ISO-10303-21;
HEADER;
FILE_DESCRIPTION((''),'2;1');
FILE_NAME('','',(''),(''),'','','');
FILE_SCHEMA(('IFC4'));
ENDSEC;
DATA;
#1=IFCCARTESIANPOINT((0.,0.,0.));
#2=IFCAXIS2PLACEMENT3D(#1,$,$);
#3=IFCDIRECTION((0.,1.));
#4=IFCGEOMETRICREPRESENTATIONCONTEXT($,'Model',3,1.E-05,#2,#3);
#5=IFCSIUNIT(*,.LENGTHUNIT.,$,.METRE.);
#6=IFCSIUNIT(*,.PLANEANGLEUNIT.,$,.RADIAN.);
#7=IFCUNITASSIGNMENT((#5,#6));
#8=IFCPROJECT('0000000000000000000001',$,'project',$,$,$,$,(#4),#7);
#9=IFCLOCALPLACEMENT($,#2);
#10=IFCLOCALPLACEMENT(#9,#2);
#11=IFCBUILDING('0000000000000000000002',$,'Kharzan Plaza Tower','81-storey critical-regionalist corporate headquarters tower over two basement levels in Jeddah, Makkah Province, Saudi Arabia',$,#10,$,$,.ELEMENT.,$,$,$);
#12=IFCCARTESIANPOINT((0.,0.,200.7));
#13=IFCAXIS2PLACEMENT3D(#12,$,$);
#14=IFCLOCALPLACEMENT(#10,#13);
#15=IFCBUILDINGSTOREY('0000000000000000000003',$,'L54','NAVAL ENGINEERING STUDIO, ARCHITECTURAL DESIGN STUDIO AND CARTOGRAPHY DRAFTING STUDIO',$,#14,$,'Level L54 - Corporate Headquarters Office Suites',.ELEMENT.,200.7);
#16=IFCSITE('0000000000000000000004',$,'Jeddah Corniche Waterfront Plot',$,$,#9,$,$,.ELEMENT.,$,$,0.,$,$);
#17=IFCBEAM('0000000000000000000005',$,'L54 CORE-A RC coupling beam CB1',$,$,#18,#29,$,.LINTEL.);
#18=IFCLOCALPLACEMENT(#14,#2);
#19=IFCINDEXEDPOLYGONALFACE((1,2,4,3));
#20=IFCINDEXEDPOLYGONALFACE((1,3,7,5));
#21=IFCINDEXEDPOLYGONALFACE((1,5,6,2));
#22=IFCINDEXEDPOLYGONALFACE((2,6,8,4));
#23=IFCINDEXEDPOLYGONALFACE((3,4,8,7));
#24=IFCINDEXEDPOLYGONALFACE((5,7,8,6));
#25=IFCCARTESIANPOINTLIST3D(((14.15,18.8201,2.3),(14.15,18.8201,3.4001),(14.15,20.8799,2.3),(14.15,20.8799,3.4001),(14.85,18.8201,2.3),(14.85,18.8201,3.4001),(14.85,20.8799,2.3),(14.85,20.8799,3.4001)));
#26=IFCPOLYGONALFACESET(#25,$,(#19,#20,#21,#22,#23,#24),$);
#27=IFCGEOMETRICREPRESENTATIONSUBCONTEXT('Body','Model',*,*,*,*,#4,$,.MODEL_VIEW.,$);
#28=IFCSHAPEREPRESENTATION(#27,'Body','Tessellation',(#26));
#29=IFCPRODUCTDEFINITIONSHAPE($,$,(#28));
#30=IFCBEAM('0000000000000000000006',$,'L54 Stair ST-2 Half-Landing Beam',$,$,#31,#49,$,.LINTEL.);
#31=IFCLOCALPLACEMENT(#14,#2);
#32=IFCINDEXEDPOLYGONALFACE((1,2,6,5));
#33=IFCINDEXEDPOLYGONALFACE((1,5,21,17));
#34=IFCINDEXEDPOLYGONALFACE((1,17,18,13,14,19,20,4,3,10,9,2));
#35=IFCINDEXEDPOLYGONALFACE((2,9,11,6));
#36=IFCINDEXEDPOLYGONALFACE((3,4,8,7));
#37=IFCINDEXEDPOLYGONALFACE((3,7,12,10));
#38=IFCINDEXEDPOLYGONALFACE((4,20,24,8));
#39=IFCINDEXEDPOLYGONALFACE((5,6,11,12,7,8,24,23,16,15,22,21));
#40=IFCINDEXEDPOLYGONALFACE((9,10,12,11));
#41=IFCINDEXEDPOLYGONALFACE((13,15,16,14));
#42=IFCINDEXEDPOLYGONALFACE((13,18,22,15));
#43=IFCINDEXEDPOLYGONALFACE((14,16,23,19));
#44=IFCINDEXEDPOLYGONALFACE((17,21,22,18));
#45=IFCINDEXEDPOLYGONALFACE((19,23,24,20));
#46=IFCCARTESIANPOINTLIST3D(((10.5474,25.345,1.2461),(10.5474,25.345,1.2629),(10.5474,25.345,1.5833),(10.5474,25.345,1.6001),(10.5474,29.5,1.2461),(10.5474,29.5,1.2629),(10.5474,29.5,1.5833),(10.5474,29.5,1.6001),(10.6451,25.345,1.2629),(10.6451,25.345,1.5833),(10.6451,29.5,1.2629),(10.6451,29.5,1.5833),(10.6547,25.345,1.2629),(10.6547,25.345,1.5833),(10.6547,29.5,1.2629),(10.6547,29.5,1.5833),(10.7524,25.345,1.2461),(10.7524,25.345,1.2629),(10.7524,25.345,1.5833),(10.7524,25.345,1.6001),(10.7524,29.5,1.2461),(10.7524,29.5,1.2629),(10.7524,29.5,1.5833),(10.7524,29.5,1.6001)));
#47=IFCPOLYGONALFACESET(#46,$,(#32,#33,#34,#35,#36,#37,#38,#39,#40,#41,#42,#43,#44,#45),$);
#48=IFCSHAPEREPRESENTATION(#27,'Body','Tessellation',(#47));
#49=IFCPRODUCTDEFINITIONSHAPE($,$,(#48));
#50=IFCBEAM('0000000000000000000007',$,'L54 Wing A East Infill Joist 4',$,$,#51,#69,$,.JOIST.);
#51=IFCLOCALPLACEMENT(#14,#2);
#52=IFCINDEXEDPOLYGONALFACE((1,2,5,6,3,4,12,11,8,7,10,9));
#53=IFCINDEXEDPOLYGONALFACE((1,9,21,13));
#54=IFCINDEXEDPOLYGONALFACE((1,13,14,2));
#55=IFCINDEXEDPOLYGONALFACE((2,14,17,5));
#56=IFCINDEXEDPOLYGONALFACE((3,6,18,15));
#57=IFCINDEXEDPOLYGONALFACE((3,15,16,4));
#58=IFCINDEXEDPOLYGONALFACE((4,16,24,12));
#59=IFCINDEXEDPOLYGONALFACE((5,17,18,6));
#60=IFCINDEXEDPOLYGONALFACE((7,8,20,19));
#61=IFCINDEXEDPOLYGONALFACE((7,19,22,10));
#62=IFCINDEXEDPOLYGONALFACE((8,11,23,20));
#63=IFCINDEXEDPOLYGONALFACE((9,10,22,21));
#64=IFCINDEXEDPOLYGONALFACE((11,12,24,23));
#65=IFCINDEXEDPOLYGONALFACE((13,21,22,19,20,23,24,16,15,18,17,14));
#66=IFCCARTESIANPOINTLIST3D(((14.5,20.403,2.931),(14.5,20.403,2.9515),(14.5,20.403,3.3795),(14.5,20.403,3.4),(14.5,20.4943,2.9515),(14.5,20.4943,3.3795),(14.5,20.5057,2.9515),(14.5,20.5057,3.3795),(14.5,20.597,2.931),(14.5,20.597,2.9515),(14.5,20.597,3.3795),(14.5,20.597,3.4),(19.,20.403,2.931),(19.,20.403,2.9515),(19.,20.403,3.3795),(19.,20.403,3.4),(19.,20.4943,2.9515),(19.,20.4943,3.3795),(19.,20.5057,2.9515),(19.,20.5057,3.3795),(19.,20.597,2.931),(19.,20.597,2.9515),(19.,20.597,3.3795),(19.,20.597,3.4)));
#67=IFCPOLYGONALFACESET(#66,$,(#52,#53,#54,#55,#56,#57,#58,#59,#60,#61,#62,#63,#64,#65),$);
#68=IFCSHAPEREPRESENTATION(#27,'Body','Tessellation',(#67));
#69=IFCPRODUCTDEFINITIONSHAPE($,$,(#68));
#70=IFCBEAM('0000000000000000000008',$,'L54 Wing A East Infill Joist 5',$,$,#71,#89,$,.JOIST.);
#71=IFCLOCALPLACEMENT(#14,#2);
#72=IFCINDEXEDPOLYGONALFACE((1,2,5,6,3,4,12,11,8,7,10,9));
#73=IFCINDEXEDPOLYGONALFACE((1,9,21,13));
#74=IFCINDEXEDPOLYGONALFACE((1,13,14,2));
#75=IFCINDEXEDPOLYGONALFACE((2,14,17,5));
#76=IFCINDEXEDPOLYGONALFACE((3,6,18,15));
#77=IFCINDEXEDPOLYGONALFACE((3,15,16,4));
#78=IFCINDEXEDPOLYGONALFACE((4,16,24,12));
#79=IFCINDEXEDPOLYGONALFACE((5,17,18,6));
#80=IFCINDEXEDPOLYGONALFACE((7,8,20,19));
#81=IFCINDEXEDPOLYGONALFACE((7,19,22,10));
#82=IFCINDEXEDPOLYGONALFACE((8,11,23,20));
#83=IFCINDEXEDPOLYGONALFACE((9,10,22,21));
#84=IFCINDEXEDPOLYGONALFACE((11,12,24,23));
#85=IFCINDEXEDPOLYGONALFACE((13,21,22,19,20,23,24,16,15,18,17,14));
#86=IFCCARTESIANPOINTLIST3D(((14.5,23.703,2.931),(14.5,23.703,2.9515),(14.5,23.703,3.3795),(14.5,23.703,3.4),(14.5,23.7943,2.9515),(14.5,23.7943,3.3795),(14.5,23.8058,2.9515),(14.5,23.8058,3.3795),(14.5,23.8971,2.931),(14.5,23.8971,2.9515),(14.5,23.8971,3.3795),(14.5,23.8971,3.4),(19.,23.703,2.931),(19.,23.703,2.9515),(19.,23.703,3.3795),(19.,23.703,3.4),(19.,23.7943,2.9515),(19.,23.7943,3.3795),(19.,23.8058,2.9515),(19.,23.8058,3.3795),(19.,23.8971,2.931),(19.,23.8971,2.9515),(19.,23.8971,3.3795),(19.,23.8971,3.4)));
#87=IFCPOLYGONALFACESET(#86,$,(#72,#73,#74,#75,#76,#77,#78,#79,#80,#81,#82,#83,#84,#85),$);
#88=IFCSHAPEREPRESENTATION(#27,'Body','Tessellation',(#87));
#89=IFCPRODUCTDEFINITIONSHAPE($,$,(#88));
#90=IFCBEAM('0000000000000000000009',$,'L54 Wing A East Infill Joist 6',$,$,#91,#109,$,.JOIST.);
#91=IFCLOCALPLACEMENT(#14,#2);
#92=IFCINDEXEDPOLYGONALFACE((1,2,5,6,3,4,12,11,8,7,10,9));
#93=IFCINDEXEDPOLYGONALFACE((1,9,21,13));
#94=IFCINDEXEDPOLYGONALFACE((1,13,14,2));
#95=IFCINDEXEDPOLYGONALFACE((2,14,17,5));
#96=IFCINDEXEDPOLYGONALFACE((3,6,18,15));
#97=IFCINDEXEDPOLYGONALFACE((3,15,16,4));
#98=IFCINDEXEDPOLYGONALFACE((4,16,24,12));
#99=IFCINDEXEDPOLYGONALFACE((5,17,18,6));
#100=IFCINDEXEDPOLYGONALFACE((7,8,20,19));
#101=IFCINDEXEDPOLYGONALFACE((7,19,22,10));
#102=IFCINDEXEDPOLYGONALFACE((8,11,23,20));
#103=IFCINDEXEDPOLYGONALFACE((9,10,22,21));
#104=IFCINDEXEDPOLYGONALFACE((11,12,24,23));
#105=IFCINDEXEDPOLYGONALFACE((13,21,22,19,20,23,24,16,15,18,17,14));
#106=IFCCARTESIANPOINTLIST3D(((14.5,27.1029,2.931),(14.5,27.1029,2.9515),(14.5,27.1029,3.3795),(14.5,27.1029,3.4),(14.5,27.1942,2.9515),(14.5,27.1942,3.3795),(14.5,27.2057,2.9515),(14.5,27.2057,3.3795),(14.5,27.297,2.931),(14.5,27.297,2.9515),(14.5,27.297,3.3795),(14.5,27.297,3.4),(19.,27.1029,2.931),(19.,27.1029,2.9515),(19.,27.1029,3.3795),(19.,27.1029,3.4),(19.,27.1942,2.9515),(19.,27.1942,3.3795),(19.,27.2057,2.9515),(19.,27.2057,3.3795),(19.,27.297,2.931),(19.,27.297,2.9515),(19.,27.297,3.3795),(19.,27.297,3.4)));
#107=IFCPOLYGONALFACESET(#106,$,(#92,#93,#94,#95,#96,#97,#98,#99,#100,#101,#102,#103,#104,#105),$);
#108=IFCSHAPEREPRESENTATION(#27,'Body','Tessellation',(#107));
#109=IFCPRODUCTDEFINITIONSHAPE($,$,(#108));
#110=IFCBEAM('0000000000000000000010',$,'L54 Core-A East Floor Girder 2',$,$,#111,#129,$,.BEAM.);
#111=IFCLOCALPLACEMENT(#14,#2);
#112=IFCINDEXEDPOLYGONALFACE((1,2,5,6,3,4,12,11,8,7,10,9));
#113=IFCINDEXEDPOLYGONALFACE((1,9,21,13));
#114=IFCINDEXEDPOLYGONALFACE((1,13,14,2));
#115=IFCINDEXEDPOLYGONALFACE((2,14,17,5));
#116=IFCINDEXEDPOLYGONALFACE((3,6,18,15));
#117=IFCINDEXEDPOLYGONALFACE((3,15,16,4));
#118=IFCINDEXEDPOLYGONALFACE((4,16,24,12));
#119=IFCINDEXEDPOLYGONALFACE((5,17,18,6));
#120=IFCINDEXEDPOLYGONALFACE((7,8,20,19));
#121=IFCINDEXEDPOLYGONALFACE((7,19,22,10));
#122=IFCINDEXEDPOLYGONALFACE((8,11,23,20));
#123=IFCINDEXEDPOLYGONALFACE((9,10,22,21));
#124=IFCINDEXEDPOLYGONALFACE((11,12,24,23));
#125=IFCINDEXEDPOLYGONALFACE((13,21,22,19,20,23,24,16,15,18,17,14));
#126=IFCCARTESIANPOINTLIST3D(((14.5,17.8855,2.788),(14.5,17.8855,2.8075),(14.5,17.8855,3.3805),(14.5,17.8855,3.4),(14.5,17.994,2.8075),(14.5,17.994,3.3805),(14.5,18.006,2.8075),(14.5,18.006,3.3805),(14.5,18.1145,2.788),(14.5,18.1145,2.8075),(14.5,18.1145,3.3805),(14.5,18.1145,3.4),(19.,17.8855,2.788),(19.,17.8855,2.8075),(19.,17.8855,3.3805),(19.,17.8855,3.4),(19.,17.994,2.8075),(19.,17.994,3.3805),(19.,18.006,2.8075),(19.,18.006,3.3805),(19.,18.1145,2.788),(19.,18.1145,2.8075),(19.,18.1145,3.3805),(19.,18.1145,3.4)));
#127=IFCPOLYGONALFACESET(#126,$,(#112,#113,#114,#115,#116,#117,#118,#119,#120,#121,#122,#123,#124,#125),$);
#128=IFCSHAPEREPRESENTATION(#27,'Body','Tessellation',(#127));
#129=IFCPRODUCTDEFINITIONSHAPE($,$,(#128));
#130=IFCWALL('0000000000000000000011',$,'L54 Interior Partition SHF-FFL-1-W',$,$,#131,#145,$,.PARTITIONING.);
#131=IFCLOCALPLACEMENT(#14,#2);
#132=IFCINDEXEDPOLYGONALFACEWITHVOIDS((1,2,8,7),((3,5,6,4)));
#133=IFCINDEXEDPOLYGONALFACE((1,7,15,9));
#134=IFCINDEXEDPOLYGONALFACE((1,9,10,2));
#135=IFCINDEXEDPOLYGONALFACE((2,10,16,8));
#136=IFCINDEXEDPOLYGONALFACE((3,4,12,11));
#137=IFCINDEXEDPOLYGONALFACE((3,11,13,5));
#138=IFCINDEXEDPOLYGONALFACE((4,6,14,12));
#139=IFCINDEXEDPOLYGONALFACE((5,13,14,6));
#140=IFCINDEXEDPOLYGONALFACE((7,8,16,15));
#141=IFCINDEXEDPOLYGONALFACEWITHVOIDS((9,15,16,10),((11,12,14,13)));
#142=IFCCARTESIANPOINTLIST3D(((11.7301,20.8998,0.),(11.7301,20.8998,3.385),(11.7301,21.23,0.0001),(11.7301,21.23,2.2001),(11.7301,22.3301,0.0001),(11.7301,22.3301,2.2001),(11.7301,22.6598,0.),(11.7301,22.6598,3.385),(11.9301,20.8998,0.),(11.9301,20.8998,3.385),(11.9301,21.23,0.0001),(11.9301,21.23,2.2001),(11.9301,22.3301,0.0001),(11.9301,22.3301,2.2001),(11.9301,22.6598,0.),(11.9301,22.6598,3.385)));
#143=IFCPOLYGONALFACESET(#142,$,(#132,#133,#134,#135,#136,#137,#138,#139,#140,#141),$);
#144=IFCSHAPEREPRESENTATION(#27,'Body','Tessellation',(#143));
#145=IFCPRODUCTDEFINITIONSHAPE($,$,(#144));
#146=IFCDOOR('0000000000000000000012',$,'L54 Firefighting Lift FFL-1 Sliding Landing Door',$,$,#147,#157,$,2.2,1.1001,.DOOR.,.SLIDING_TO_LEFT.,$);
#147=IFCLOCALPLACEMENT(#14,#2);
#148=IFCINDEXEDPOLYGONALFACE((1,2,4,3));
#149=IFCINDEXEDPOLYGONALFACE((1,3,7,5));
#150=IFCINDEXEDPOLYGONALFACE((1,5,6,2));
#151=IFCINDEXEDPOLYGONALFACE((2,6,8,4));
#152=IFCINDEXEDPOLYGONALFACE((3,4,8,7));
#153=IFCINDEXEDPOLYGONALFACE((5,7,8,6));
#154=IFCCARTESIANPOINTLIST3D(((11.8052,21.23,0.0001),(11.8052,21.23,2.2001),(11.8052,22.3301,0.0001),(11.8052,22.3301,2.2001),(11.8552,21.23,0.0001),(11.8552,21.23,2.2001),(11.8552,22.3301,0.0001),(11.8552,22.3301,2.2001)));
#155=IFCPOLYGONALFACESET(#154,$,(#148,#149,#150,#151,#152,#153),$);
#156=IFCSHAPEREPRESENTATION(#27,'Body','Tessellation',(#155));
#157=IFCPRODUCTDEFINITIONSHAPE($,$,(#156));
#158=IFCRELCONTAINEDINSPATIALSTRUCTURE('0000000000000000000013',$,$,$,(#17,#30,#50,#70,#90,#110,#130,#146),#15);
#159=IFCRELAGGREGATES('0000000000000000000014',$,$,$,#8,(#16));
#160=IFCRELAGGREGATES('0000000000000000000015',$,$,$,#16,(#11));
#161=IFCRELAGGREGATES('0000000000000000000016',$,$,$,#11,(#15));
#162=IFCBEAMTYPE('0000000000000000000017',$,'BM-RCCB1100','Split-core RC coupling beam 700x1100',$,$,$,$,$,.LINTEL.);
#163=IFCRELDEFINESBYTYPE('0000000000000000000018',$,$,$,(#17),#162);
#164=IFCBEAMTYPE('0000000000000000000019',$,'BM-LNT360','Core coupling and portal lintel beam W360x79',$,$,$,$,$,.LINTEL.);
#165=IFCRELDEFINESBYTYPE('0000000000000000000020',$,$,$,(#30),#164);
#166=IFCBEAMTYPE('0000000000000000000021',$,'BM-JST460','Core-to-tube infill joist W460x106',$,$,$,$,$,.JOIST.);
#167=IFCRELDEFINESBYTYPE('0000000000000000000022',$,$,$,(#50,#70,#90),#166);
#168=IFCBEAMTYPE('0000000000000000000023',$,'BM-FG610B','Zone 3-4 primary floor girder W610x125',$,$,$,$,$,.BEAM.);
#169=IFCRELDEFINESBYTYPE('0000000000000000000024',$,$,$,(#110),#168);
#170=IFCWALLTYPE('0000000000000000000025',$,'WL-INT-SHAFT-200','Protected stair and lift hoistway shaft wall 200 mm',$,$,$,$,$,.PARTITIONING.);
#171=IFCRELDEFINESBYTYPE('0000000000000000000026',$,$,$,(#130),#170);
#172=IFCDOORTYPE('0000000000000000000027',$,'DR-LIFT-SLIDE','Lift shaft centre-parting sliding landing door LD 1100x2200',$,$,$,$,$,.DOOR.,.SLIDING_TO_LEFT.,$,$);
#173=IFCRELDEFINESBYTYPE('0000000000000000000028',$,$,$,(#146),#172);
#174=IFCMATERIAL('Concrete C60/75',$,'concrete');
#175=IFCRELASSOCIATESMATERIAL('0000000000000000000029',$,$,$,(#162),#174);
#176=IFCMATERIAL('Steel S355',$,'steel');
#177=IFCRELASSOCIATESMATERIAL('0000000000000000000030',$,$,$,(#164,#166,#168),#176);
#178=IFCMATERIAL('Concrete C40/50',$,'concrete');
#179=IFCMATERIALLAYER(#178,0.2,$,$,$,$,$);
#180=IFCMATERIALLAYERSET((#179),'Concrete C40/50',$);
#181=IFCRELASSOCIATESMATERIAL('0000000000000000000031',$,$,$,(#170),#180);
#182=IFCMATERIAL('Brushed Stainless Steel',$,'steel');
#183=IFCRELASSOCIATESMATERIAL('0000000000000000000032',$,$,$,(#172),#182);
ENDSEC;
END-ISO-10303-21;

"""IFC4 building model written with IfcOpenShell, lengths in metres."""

from ifc_helpers import new_model, si_unit, direction, frame, frame_2d, origin, origin_2d, place, context, subcontext, project, spatial, rectangle, i_section, extrude, source, transform, mapped, material, layer, layer_set, material_profile, profile_set, type_object, element, fill, save


model = new_model("IFC4")

# Units and contexts
model_context = context("Model", 3, precision=1e-05, world=origin(), true_north=direction((0.0, 1.0)))
body_context = subcontext(model_context, "Body", "Model", "MODEL_VIEW")
ifc_project = project(units=[si_unit("LENGTHUNIT", "METRE"), si_unit("PLANEANGLEUNIT", "RADIAN")], contexts=[model_context])

# Site, building, storey
site_placement = place(None, origin())
site = spatial("IfcSite", under=ifc_project, at=site_placement, Name="Jeddah Corniche Waterfront Plot", CompositionType="ELEMENT", RefElevation=0.0)
building_placement = place(site_placement, origin())
building = spatial("IfcBuilding", under=site, at=building_placement, Name="Kharzan Plaza Tower", Description="81-storey critical-regionalist corporate headquarters tower over two basement levels in Jeddah, Makkah Province, Saudi Arabia", CompositionType="ELEMENT")
storey_placement = place(building_placement, frame((0.0, 0.0, 200.7)))
storey = spatial("IfcBuildingStorey", under=building, at=storey_placement, Name="L54", Description="NAVAL ENGINEERING STUDIO, ARCHITECTURAL DESIGN STUDIO AND CARTOGRAPHY DRAFTING STUDIO", LongName="Level L54 - Corporate Headquarters Office Suites", CompositionType="ELEMENT", Elevation=200.7)

# Beams
ifc_material_1 = material(Name="Concrete C60/75", Category="concrete")
ifc_material_profile_1 = material_profile(ifc_material_1, rectangle(XDim=0.7, YDim=1.1001, at=origin_2d()), Name="RC-CB1100x700")
ifc_profile_set_1 = profile_set([ifc_material_profile_1], Name="Concrete C60/75")
beam_type_1 = type_object("IfcBeamType", Name="BM-RCCB1100", Description="Split-core RC coupling beam 700x1100", PredefinedType="LINTEL", material=ifc_profile_set_1)
shared_shape_1 = source(origin(), body_context, "Body", "SweptSolid", [
    extrude(rectangle(XDim=0.7, YDim=1.1001, at=origin_2d()), origin(), (0.0, 0.0, 1.0), 2.0598),
])
beam_1_placement = place(storey_placement, frame((14.5, 18.8201, 2.8501), z_axis=(0.0, 1.0, 0.0), x_axis=(-1.0, 0.0, 0.0)))
element("IfcBeam", 1, at=beam_1_placement, inside=storey, type_object=beam_type_1, Name="L54 CORE-A RC coupling beam CB1", PredefinedType="LINTEL", context=body_context, shape_type="MappedRepresentation", body=[
    mapped(shared_shape_1, transform((0.0, 0.0, 0.0), x_axis=(1.0, 0.0, 0.0), y_axis=(0.0, 1.0, 0.0), z_axis=(0.0, 0.0, 1.0))),
])
ifc_material_2 = material(Name="Steel S355", Category="steel")
ifc_material_profile_2 = material_profile(ifc_material_2, i_section(OverallWidth=0.2051, OverallDepth=0.354, WebThickness=0.0095, FlangeThickness=0.0168, at=origin_2d()), Name="W360x79")
ifc_profile_set_2 = profile_set([ifc_material_profile_2], Name="Steel S355")
beam_type_2 = type_object("IfcBeamType", Name="BM-LNT360", Description="Core coupling and portal lintel beam W360x79", PredefinedType="LINTEL", material=ifc_profile_set_2)
shared_shape_2 = source(origin(), body_context, "Body", "SweptSolid", [
    extrude(i_section(OverallWidth=0.2051, OverallDepth=0.354, WebThickness=0.0095, FlangeThickness=0.0168, at=origin_2d()), origin(), (0.0, 0.0, 1.0), 4.155),
])
beam_2_placement = place(storey_placement, frame((10.6499, 25.345, 1.4231), z_axis=(0.0, 1.0, 0.0), x_axis=(-1.0, 0.0, 0.0)))
element("IfcBeam", 2, at=beam_2_placement, inside=storey, type_object=beam_type_2, Name="L54 Stair ST-2 Half-Landing Beam", PredefinedType="LINTEL", context=body_context, shape_type="MappedRepresentation", body=[
    mapped(shared_shape_2, transform((0.0, 0.0, 0.0), x_axis=(1.0, 0.0, 0.0), y_axis=(0.0, 1.0, 0.0), z_axis=(0.0, 0.0, 1.0))),
])
ifc_material_profile_3 = material_profile(ifc_material_2, i_section(OverallWidth=0.1941, OverallDepth=0.469, WebThickness=0.0115, FlangeThickness=0.0205, at=origin_2d()), Name="W460x106")
ifc_profile_set_3 = profile_set([ifc_material_profile_3], Name="Steel S355")
beam_type_3 = type_object("IfcBeamType", Name="BM-JST460", Description="Core-to-tube infill joist W460x106", PredefinedType="JOIST", material=ifc_profile_set_3)
shared_shape_3 = source(origin(), body_context, "Body", "SweptSolid", [
    extrude(i_section(OverallWidth=0.1941, OverallDepth=0.469, WebThickness=0.0115, FlangeThickness=0.0205, at=origin_2d()), origin(), (0.0, 0.0, 1.0), 4.5),
])
for number, where, z_axis, x_axis, name in (
    (3, (14.5, 20.5, 3.1655), (1.0, 0.0, 0.0), (0.0, 1.0, 0.0), "L54 Wing A East Infill Joist 4"),
    (4, (14.5, 23.8, 3.1655), (1.0, 0.0, 0.0), (0.0, 1.0, 0.0), "L54 Wing A East Infill Joist 5"),
    (5, (14.5, 27.2, 3.1655), (1.0, 0.0, 0.0), (0.0, 1.0, 0.0), "L54 Wing A East Infill Joist 6"),
):
    element("IfcBeam", number, at=place(storey_placement, frame(where, z_axis=z_axis, x_axis=x_axis)), inside=storey, type_object=beam_type_3, Name=name, PredefinedType="JOIST", context=body_context, shape_type="MappedRepresentation", body=[
        mapped(shared_shape_3, transform((0.0, 0.0, 0.0), x_axis=(1.0, 0.0, 0.0), y_axis=(0.0, 1.0, 0.0), z_axis=(0.0, 0.0, 1.0))),
    ])
ifc_material_profile_4 = material_profile(ifc_material_2, i_section(OverallWidth=0.229, OverallDepth=0.6121, WebThickness=0.012, FlangeThickness=0.0195, at=origin_2d()), Name="W610x125")
ifc_profile_set_4 = profile_set([ifc_material_profile_4], Name="Steel S355")
beam_type_4 = type_object("IfcBeamType", Name="BM-FG610B", Description="Zone 3-4 primary floor girder W610x125", PredefinedType="BEAM", material=ifc_profile_set_4)
shared_shape_4 = source(origin(), body_context, "Body", "SweptSolid", [
    extrude(i_section(OverallWidth=0.229, OverallDepth=0.6121, WebThickness=0.012, FlangeThickness=0.0195, at=origin_2d()), origin(), (0.0, 0.0, 1.0), 4.5),
])
beam_3_placement = place(storey_placement, frame((14.5, 18.0, 3.094), z_axis=(1.0, 0.0, 0.0), x_axis=(0.0, 1.0, 0.0)))
element("IfcBeam", 6, at=beam_3_placement, inside=storey, type_object=beam_type_4, Name="L54 Core-A East Floor Girder 2", PredefinedType="BEAM", context=body_context, shape_type="MappedRepresentation", body=[
    mapped(shared_shape_4, transform((0.0, 0.0, 0.0), x_axis=(1.0, 0.0, 0.0), y_axis=(0.0, 1.0, 0.0), z_axis=(0.0, 0.0, 1.0))),
])

# Wall, opening, door
ifc_material_3 = material(Name="Concrete C40/50", Category="concrete")
ifc_layer_1 = layer(ifc_material_3, 0.2)
ifc_layer_set_1 = layer_set([ifc_layer_1], Name="Concrete C40/50")
wall_type_1 = type_object("IfcWallType", Name="WL-INT-SHAFT-200", Description="Protected stair and lift hoistway shaft wall 200 mm", PredefinedType="PARTITIONING", material=ifc_layer_set_1)
wall_1_placement = place(storey_placement, frame((11.8301, 20.8999, 0.0), z_axis=(0.0, 0.0, 1.0), x_axis=(0.0, 1.0, 0.0)))
wall_1 = element("IfcWall", 7, at=wall_1_placement, inside=storey, type_object=wall_type_1, Name="L54 Interior Partition SHF-FFL-1-W", PredefinedType="PARTITIONING", context=body_context, shape_type="SweptSolid", body=[
    extrude(rectangle(XDim=1.76, YDim=0.2, at=frame_2d((0.8799, 0.0))), origin(), (0.0, 0.0, 1.0), 3.385),
])
opening_1_placement = place(wall_1_placement, frame((0.3301, 0.0, 0.0)))
opening_1 = element("IfcOpeningElement", 8, at=opening_1_placement, cuts=wall_1, PredefinedType="OPENING", context=body_context, shape_type="SweptSolid", body=[
    extrude(rectangle(XDim=1.1001, YDim=2.2, at=frame_2d((0.55, 1.1001))), frame((0.0, 0.1099, 0.0), z_axis=(0.0, -1.0, 0.0), x_axis=(1.0, 0.0, 0.0)), (0.0, 0.0, 1.0), 0.22),
])
ifc_material_4 = material(Name="Brushed Stainless Steel", Category="steel")
door_type_1 = type_object("IfcDoorType", Name="DR-LIFT-SLIDE", Description="Lift shaft centre-parting sliding landing door LD 1100x2200", OperationType="SLIDING_TO_LEFT", PredefinedType="DOOR", material=ifc_material_4)
shared_shape_5 = source(origin(), body_context, "Body", "SweptSolid", [
    extrude(rectangle(XDim=1.1001, YDim=2.2, at=frame_2d((0.55, 1.1001))), frame((0.0, 0.0249, 0.0), z_axis=(0.0, -1.0, 0.0), x_axis=(1.0, 0.0, 0.0)), (0.0, 0.0, 1.0), 0.05),
])
door_1_placement = place(opening_1_placement, origin())
door_1 = element("IfcDoor", 9, at=door_1_placement, inside=storey, type_object=door_type_1, Name="L54 Firefighting Lift FFL-1 Sliding Landing Door", OperationType="SLIDING_TO_LEFT", OverallHeight=2.2, OverallWidth=1.1001, PredefinedType="DOOR", context=body_context, shape_type="MappedRepresentation", body=[
    mapped(shared_shape_5, transform((0.0, 0.0, 0.0), x_axis=(1.0, 0.0, 0.0), y_axis=(0.0, 1.0, 0.0), z_axis=(0.0, 0.0, 1.0))),
])
fill(opening_1, door_1)

save(model, "model.ifc")
